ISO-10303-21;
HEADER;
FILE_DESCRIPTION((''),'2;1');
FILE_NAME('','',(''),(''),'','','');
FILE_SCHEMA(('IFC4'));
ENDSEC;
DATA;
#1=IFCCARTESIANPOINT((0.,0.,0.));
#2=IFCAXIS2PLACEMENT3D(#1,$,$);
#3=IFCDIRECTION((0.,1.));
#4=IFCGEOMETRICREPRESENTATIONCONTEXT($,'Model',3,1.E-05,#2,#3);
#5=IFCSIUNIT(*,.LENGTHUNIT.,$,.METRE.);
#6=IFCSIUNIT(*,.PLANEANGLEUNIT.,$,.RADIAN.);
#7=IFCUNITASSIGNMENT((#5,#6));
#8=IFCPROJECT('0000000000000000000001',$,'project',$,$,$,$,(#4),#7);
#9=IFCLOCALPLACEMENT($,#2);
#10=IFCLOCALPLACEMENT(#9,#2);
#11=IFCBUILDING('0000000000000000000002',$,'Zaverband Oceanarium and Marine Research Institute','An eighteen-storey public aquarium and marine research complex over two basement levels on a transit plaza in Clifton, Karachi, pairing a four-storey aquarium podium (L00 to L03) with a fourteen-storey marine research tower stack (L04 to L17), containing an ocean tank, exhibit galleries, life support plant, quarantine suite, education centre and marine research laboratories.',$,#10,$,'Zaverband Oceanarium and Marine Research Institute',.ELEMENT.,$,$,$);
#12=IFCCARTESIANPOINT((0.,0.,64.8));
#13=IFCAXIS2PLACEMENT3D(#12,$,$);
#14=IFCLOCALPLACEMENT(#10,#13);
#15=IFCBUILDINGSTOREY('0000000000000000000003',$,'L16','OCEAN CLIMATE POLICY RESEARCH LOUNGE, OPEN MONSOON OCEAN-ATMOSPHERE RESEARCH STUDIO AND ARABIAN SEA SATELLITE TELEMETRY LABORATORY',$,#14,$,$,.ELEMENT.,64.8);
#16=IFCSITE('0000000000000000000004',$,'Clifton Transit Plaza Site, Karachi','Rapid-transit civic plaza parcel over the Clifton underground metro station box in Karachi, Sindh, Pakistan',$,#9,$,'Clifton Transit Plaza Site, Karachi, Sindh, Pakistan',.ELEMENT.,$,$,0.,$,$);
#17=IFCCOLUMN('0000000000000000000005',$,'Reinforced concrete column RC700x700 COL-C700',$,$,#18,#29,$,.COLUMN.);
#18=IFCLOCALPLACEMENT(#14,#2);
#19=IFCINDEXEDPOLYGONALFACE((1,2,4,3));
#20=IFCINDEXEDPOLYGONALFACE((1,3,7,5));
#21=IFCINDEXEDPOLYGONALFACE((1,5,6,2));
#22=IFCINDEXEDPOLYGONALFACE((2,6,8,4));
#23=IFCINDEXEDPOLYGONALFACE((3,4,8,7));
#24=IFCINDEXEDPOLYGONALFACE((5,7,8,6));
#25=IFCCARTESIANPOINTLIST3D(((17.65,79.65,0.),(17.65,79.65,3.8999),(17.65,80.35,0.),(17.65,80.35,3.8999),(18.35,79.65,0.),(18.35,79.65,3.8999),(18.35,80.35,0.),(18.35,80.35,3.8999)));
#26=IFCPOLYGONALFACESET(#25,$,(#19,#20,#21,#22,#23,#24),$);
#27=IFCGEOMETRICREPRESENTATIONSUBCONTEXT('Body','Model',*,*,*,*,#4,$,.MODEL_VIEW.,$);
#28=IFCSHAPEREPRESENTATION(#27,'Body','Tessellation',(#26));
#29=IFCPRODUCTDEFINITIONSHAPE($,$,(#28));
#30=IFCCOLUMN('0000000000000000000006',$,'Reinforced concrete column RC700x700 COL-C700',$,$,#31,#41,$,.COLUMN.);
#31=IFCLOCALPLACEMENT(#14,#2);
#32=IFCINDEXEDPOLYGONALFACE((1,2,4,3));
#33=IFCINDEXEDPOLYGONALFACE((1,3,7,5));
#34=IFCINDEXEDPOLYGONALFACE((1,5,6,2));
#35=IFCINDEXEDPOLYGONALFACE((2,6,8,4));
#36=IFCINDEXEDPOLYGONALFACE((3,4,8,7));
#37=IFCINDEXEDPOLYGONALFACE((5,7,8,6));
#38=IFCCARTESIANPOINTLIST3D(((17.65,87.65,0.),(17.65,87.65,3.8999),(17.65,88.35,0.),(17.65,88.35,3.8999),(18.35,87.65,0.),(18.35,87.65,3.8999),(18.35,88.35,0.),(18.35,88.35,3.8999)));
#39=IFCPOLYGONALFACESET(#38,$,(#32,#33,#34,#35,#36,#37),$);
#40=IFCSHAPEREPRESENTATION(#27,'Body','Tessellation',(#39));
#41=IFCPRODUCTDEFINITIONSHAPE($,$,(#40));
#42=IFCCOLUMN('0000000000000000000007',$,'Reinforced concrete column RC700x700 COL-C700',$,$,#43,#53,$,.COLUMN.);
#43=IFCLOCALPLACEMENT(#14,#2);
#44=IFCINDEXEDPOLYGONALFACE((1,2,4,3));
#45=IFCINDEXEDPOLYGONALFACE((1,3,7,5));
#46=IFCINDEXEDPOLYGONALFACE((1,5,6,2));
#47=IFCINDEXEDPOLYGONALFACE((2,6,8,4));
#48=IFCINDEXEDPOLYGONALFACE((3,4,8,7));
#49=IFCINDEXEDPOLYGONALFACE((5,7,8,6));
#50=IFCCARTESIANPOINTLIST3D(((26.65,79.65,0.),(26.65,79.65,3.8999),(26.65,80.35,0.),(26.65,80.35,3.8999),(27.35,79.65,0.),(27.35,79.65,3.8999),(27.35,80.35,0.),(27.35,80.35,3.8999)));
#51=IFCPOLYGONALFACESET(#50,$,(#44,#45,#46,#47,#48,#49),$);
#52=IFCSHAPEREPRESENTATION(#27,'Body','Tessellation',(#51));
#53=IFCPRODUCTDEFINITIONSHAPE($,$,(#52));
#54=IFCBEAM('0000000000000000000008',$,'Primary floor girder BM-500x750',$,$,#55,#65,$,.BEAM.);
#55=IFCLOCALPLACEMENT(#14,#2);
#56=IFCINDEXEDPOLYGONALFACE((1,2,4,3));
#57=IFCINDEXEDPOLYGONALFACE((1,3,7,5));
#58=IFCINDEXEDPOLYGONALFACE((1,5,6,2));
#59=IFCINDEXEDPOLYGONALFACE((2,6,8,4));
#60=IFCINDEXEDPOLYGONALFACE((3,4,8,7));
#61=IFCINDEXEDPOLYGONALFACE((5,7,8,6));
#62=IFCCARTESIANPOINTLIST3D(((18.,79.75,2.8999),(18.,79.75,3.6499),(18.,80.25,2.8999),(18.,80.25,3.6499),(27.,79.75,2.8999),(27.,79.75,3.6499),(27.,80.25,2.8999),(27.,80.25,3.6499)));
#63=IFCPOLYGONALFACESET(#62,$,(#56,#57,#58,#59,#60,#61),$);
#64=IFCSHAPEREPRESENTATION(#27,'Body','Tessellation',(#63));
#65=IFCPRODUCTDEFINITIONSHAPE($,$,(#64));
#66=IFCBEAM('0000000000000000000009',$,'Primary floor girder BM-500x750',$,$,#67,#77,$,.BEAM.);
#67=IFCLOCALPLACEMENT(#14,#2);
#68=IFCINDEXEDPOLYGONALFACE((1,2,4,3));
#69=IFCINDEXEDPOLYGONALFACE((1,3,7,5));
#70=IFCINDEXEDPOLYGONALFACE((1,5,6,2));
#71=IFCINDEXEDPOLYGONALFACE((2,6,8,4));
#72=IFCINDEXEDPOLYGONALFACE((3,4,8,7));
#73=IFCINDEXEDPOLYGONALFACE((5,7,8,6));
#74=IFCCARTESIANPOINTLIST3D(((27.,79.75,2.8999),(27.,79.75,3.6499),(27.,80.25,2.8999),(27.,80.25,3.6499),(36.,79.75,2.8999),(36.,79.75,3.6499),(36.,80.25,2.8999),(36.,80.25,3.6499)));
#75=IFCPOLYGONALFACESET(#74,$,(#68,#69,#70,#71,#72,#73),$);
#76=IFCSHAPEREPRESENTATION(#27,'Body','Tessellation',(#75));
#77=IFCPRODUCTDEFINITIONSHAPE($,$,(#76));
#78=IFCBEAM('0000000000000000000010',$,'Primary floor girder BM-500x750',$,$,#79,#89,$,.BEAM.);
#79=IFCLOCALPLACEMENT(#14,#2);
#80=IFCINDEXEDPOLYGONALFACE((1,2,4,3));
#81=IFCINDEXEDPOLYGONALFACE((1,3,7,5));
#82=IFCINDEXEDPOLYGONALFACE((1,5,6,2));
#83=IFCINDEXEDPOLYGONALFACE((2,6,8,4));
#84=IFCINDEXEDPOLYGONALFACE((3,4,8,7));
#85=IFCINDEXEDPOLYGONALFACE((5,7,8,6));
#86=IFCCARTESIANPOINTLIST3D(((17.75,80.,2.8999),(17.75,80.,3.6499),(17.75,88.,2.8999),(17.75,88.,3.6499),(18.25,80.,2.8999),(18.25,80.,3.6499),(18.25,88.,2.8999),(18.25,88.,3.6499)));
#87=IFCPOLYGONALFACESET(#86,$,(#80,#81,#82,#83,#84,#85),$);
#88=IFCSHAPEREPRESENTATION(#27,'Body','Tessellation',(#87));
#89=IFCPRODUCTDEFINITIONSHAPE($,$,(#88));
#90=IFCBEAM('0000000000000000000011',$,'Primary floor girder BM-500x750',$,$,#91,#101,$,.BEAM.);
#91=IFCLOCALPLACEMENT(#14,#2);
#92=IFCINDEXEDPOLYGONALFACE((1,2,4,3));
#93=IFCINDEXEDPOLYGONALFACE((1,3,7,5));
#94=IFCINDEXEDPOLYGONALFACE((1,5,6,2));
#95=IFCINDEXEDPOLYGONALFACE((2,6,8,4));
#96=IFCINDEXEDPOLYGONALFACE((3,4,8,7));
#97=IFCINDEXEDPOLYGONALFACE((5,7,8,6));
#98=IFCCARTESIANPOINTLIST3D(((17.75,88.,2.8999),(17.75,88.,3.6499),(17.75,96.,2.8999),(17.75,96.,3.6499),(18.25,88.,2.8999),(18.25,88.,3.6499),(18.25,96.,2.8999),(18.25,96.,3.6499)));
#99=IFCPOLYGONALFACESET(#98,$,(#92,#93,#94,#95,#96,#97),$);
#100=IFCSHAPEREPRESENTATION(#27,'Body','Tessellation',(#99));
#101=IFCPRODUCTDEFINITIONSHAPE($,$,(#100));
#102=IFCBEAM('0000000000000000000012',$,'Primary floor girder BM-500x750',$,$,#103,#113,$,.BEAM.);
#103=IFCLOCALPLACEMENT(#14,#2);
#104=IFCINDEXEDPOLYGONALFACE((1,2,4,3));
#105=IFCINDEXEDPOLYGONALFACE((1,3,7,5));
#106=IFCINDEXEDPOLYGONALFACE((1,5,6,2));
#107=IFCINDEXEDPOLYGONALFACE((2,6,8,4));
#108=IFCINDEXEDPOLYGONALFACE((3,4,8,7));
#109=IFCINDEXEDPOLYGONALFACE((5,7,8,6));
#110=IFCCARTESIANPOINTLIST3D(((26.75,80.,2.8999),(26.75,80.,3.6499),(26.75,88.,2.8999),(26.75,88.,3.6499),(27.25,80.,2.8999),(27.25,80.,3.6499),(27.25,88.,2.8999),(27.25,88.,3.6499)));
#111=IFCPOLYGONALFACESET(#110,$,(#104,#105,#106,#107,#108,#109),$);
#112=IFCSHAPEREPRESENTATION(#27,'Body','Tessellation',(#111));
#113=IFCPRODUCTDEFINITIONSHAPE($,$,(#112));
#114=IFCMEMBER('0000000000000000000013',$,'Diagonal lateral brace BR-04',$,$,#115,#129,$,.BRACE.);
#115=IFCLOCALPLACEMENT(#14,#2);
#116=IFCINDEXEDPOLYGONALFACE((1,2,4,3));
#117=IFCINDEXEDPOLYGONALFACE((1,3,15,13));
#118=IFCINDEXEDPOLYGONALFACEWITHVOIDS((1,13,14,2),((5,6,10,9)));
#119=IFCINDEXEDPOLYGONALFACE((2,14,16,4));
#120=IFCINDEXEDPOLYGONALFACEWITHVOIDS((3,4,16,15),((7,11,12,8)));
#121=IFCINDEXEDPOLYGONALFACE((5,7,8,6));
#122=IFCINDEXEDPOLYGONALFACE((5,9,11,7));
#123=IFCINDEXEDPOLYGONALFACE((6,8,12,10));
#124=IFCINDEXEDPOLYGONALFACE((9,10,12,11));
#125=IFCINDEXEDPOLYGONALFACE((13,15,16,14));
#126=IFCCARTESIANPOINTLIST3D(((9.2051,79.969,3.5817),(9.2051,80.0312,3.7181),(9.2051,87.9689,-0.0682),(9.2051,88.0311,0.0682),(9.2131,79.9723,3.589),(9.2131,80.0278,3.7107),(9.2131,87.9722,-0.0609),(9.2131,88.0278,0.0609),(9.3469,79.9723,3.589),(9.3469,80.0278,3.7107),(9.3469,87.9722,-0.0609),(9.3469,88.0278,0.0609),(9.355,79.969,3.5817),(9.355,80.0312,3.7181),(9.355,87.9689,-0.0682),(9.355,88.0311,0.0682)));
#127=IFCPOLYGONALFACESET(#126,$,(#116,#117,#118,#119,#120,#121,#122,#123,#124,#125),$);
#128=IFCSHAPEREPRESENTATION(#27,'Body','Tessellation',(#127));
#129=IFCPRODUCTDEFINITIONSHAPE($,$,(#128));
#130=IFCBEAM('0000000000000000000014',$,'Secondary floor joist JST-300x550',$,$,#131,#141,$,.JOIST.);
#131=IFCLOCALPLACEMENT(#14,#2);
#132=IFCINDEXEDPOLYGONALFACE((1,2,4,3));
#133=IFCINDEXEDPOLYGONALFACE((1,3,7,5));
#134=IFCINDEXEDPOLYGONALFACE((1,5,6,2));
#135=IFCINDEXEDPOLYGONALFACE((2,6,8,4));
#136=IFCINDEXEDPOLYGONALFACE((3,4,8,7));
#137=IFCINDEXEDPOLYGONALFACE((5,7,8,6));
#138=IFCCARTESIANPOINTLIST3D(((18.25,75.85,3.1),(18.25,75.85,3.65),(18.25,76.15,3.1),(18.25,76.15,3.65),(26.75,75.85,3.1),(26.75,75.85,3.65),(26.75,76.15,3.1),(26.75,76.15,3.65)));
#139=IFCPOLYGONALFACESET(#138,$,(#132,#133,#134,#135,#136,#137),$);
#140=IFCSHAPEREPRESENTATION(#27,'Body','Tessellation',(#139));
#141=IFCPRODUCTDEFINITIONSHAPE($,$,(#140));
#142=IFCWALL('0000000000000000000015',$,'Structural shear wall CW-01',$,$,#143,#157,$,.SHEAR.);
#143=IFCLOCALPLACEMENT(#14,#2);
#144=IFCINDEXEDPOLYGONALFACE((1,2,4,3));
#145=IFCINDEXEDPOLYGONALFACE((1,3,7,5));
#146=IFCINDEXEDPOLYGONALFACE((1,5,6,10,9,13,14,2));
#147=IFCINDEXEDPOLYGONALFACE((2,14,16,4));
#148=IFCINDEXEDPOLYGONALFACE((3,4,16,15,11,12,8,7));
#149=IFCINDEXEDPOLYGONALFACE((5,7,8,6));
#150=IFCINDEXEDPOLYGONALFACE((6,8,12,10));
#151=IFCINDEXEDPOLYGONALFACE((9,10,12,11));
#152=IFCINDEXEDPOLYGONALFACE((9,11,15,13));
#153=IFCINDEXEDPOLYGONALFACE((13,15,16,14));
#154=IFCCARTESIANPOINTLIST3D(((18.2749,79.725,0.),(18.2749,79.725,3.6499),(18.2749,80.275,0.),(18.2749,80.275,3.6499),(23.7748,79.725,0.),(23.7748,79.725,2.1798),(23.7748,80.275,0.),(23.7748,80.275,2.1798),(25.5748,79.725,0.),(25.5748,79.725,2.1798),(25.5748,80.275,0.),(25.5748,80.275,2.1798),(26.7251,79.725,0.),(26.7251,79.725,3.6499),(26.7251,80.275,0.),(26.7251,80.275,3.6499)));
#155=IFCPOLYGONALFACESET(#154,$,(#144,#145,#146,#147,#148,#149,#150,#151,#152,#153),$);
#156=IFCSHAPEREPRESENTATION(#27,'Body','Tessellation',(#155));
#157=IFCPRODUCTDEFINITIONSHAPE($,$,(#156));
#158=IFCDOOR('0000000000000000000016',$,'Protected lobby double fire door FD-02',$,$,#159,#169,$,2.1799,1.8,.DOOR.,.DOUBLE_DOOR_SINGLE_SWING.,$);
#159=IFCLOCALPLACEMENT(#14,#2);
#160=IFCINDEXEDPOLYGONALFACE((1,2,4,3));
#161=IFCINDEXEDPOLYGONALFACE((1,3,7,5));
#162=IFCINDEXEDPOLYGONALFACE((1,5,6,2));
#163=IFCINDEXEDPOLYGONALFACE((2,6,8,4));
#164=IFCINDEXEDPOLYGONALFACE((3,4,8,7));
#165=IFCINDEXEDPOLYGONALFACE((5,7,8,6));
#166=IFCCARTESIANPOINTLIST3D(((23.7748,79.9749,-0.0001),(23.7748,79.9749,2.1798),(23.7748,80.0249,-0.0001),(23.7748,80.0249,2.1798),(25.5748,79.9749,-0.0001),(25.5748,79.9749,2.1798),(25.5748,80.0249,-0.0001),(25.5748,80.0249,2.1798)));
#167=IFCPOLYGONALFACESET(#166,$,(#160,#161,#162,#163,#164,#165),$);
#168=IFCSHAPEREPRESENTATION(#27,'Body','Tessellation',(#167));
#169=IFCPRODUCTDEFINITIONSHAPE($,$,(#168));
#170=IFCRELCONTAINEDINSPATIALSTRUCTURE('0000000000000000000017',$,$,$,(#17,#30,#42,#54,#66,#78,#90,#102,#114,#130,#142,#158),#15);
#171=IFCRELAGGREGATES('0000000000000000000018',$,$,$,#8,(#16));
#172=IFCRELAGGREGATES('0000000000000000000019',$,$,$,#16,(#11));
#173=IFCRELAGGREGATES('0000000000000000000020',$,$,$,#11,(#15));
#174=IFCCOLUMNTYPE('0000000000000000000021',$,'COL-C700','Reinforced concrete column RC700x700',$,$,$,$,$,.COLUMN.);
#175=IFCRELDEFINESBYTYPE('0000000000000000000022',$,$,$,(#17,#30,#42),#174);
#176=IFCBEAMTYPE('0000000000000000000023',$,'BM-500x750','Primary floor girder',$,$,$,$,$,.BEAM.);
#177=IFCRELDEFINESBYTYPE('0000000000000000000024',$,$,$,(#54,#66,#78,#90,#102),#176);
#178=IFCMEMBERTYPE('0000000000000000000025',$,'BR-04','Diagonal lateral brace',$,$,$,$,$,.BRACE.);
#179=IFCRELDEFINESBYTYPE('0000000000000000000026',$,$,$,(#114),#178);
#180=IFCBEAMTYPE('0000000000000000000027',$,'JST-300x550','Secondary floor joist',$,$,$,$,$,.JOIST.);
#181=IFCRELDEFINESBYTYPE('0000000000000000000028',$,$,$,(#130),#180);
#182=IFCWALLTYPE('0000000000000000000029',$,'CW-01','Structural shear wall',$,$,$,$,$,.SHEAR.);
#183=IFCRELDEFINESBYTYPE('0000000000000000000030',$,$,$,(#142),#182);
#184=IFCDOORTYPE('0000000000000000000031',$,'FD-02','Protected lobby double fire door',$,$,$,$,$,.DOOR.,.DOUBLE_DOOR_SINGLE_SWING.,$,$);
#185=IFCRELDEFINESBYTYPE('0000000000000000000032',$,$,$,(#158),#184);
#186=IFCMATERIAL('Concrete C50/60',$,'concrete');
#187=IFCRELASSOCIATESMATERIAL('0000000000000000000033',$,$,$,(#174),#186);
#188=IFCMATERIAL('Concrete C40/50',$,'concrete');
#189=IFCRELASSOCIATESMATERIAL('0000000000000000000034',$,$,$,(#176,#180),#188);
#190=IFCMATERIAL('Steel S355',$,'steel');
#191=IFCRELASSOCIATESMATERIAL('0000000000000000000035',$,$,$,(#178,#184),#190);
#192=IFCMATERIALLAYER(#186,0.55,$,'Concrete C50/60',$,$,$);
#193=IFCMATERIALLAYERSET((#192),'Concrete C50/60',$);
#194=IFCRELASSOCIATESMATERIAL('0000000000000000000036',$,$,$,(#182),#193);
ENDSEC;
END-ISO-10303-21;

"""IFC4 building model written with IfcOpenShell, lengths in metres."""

from ifc_helpers import new_model, si_unit, direction, frame, frame_2d, origin, origin_2d, place, context, subcontext, project, spatial, rectangle, hollow_rectangle, extrude, material, layer, layer_set, material_profile, profile_set, type_object, element, fill, save


model = new_model("IFC4")

# Units and contexts
model_context = context("Model", 3, precision=1e-05, world=origin(), true_north=direction((0.0, 1.0)))
body_context = subcontext(model_context, "Body", "Model", "MODEL_VIEW")
ifc_project = project(units=[si_unit("LENGTHUNIT", "METRE"), si_unit("PLANEANGLEUNIT", "RADIAN")], contexts=[model_context])

# Site, building, storey
site_placement = place(None, origin())
site = spatial("IfcSite", under=ifc_project, at=site_placement, Name="Clifton Transit Plaza Site, Karachi", Description="Rapid-transit civic plaza parcel over the Clifton underground metro station box in Karachi, Sindh, Pakistan", LongName="Clifton Transit Plaza Site, Karachi, Sindh, Pakistan", CompositionType="ELEMENT", RefElevation=0.0)
building_placement = place(site_placement, origin())
building = spatial("IfcBuilding", under=site, at=building_placement, Name="Zaverband Oceanarium and Marine Research Institute", Description="An eighteen-storey public aquarium and marine research complex over two basement levels on a transit plaza in Clifton, Karachi, pairing a four-storey aquarium podium (L00 to L03) with a fourteen-storey marine research tower stack (L04 to L17), containing an ocean tank, exhibit galleries, life support plant, quarantine suite, education centre and marine research laboratories.", LongName="Zaverband Oceanarium and Marine Research Institute", CompositionType="ELEMENT")
storey_placement = place(building_placement, frame((0.0, 0.0, 64.8)))
storey = spatial("IfcBuildingStorey", under=building, at=storey_placement, Name="L16", Description="OCEAN CLIMATE POLICY RESEARCH LOUNGE, OPEN MONSOON OCEAN-ATMOSPHERE RESEARCH STUDIO AND ARABIAN SEA SATELLITE TELEMETRY LABORATORY", CompositionType="ELEMENT", Elevation=64.8)

# Columns
ifc_material_1 = material(Name="Concrete C50/60", Category="concrete")
ifc_material_profile_1 = material_profile(ifc_material_1, rectangle(XDim=0.7, YDim=0.7, at=origin_2d()), Name="RC700x700")
ifc_profile_set_1 = profile_set([ifc_material_profile_1], Name="Concrete C50/60")
column_type = type_object("IfcColumnType", Name="COL-C700", Description="Reinforced concrete column RC700x700", PredefinedType="COLUMN", material=ifc_profile_set_1)
for number, where, z_axis, x_axis, name in (
    (1, (18.0, 80.0, 0.0), (0.0, 0.0, 1.0), (1.0, 0.0, 0.0), "Reinforced concrete column RC700x700 COL-C700"),
    (2, (18.0, 88.0, 0.0), (0.0, 0.0, 1.0), (1.0, 0.0, 0.0), "Reinforced concrete column RC700x700 COL-C700"),
    (3, (27.0, 80.0, 0.0), (0.0, 0.0, 1.0), (1.0, 0.0, 0.0), "Reinforced concrete column RC700x700 COL-C700"),
):
    element("IfcColumn", number, at=place(storey_placement, frame(where, z_axis=z_axis, x_axis=x_axis)), inside=storey, type_object=column_type, Name=name, PredefinedType="COLUMN", context=body_context, shape_type="SweptSolid", body=[
        extrude(rectangle(XDim=0.7, YDim=0.7, at=origin_2d()), origin(), (0.0, 0.0, 1.0), 3.8999),
    ])

# Beams
ifc_material_2 = material(Name="Concrete C40/50", Category="concrete")
ifc_material_profile_2 = material_profile(ifc_material_2, rectangle(XDim=0.5, YDim=0.75, at=origin_2d()), Name="RC500x750")
ifc_profile_set_2 = profile_set([ifc_material_profile_2], Name="Concrete C40/50")
beam_type_1 = type_object("IfcBeamType", Name="BM-500x750", Description="Primary floor girder", PredefinedType="BEAM", material=ifc_profile_set_2)
for number, where, z_axis, x_axis, name in (
    (4, (18.0, 80.0, 3.2749), (1.0, 0.0, 0.0), (0.0, 1.0, 0.0), "Primary floor girder BM-500x750"),
    (5, (27.0, 80.0, 3.2749), (1.0, 0.0, 0.0), (0.0, 1.0, 0.0), "Primary floor girder BM-500x750"),
):
    element("IfcBeam", number, at=place(storey_placement, frame(where, z_axis=z_axis, x_axis=x_axis)), inside=storey, type_object=beam_type_1, Name=name, PredefinedType="BEAM", context=body_context, shape_type="SweptSolid", body=[
        extrude(rectangle(XDim=0.5, YDim=0.75, at=origin_2d()), origin(), (0.0, 0.0, 1.0), 9.0),
    ])
for number, where, z_axis, x_axis, name in (
    (6, (18.0, 80.0, 3.2749), (0.0, 1.0, 0.0), (-1.0, 0.0, 0.0), "Primary floor girder BM-500x750"),
    (7, (18.0, 88.0, 3.2749), (0.0, 1.0, 0.0), (-1.0, 0.0, 0.0), "Primary floor girder BM-500x750"),
    (8, (27.0, 80.0, 3.2749), (0.0, 1.0, 0.0), (-1.0, 0.0, 0.0), "Primary floor girder BM-500x750"),
):
    element("IfcBeam", number, at=place(storey_placement, frame(where, z_axis=z_axis, x_axis=x_axis)), inside=storey, type_object=beam_type_1, Name=name, PredefinedType="BEAM", context=body_context, shape_type="SweptSolid", body=[
        extrude(rectangle(XDim=0.5, YDim=0.75, at=origin_2d()), origin(), (0.0, 0.0, 1.0), 8.0),
    ])

# Member
ifc_material_3 = material(Name="Steel S355", Category="steel")
ifc_material_profile_3 = material_profile(ifc_material_3, hollow_rectangle(XDim=0.1499, YDim=0.1499, WallThickness=0.0081, at=origin_2d()), Name="SHS150x150x8")
ifc_profile_set_3 = profile_set([ifc_material_profile_3], Name="Steel S355")
member_type = type_object("IfcMemberType", Name="BR-04", Description="Diagonal lateral brace", PredefinedType="BRACE", material=ifc_profile_set_3)
member_placement = place(storey_placement, frame((9.28, 88.0, 0.0), z_axis=(0.0, -0.909786, 0.415079), x_axis=(1.0, 0.0, 0.0)))
element("IfcMember", 9, at=member_placement, inside=storey, type_object=member_type, Name="Diagonal lateral brace BR-04", PredefinedType="BRACE", context=body_context, shape_type="SweptSolid", body=[
    extrude(hollow_rectangle(XDim=0.1499, YDim=0.1499, WallThickness=0.0081, at=origin_2d()), origin(), (0.0, 0.0, 1.0), 8.7932),
])

# Beam
ifc_material_profile_4 = material_profile(ifc_material_2, rectangle(XDim=0.3, YDim=0.55, at=origin_2d()), Name="RC300x550")
ifc_profile_set_4 = profile_set([ifc_material_profile_4], Name="Concrete C40/50")
beam_type_2 = type_object("IfcBeamType", Name="JST-300x550", Description="Secondary floor joist", PredefinedType="JOIST", material=ifc_profile_set_4)
beam_placement = place(storey_placement, frame((18.25, 76.0, 3.375), z_axis=(1.0, 0.0, 0.0), x_axis=(0.0, 1.0, 0.0)))
element("IfcBeam", 10, at=beam_placement, inside=storey, type_object=beam_type_2, Name="Secondary floor joist JST-300x550", PredefinedType="JOIST", context=body_context, shape_type="SweptSolid", body=[
    extrude(rectangle(XDim=0.3, YDim=0.55, at=origin_2d()), origin(), (0.0, 0.0, 1.0), 8.5),
])

# Wall, opening, door
ifc_layer_1 = layer(ifc_material_1, 0.55, Name="Concrete C50/60")
ifc_layer_set_1 = layer_set([ifc_layer_1], Name="Concrete C50/60")
wall_type_1 = type_object("IfcWallType", Name="CW-01", Description="Structural shear wall", PredefinedType="SHEAR", material=ifc_layer_set_1)
wall_1_placement = place(storey_placement, frame((18.2749, 80.0, 0.0), z_axis=(0.0, 0.0, 1.0), x_axis=(1.0, 0.0, 0.0)))
wall_1 = element("IfcWall", 11, at=wall_1_placement, inside=storey, type_object=wall_type_1, Name="Structural shear wall CW-01", PredefinedType="SHEAR", context=body_context, shape_type="SweptSolid", body=[
    extrude(rectangle(XDim=8.4502, YDim=0.55, at=frame_2d((4.2251, 0.0))), origin(), (0.0, 0.0, 1.0), 3.6499),
])
opening_1_placement = place(wall_1_placement, frame((5.5, 0.0, 0.0)))
opening_1 = element("IfcOpeningElement", 12, at=opening_1_placement, cuts=wall_1, PredefinedType="OPENING", context=body_context, shape_type="SweptSolid", body=[
    extrude(rectangle(XDim=1.8, YDim=2.1799, at=frame_2d((0.8999, 1.0898))), frame((0.0, 0.2871, 0.0), z_axis=(0.0, -1.0, 0.0), x_axis=(1.0, 0.0, 0.0)), (0.0, 0.0, 1.0), 0.574),
])
door_type_1 = type_object("IfcDoorType", Name="FD-02", Description="Protected lobby double fire door", OperationType="DOUBLE_DOOR_SINGLE_SWING", PredefinedType="DOOR", material=ifc_material_3)
door_1_placement = place(opening_1_placement, origin())
door_1 = element("IfcDoor", 13, at=door_1_placement, inside=storey, type_object=door_type_1, Name="Protected lobby double fire door FD-02", OperationType="DOUBLE_DOOR_SINGLE_SWING", OverallHeight=2.1799, OverallWidth=1.8, PredefinedType="DOOR", context=body_context, shape_type="SweptSolid", body=[
    extrude(rectangle(XDim=1.8, YDim=2.1799, at=frame_2d((0.8999, 1.0898))), frame((0.0, 0.0249, 0.0), z_axis=(0.0, -1.0, 0.0), x_axis=(1.0, 0.0, 0.0)), (0.0, 0.0, 1.0), 0.05),
])
fill(opening_1, door_1)

save(model, "model.ifc")
